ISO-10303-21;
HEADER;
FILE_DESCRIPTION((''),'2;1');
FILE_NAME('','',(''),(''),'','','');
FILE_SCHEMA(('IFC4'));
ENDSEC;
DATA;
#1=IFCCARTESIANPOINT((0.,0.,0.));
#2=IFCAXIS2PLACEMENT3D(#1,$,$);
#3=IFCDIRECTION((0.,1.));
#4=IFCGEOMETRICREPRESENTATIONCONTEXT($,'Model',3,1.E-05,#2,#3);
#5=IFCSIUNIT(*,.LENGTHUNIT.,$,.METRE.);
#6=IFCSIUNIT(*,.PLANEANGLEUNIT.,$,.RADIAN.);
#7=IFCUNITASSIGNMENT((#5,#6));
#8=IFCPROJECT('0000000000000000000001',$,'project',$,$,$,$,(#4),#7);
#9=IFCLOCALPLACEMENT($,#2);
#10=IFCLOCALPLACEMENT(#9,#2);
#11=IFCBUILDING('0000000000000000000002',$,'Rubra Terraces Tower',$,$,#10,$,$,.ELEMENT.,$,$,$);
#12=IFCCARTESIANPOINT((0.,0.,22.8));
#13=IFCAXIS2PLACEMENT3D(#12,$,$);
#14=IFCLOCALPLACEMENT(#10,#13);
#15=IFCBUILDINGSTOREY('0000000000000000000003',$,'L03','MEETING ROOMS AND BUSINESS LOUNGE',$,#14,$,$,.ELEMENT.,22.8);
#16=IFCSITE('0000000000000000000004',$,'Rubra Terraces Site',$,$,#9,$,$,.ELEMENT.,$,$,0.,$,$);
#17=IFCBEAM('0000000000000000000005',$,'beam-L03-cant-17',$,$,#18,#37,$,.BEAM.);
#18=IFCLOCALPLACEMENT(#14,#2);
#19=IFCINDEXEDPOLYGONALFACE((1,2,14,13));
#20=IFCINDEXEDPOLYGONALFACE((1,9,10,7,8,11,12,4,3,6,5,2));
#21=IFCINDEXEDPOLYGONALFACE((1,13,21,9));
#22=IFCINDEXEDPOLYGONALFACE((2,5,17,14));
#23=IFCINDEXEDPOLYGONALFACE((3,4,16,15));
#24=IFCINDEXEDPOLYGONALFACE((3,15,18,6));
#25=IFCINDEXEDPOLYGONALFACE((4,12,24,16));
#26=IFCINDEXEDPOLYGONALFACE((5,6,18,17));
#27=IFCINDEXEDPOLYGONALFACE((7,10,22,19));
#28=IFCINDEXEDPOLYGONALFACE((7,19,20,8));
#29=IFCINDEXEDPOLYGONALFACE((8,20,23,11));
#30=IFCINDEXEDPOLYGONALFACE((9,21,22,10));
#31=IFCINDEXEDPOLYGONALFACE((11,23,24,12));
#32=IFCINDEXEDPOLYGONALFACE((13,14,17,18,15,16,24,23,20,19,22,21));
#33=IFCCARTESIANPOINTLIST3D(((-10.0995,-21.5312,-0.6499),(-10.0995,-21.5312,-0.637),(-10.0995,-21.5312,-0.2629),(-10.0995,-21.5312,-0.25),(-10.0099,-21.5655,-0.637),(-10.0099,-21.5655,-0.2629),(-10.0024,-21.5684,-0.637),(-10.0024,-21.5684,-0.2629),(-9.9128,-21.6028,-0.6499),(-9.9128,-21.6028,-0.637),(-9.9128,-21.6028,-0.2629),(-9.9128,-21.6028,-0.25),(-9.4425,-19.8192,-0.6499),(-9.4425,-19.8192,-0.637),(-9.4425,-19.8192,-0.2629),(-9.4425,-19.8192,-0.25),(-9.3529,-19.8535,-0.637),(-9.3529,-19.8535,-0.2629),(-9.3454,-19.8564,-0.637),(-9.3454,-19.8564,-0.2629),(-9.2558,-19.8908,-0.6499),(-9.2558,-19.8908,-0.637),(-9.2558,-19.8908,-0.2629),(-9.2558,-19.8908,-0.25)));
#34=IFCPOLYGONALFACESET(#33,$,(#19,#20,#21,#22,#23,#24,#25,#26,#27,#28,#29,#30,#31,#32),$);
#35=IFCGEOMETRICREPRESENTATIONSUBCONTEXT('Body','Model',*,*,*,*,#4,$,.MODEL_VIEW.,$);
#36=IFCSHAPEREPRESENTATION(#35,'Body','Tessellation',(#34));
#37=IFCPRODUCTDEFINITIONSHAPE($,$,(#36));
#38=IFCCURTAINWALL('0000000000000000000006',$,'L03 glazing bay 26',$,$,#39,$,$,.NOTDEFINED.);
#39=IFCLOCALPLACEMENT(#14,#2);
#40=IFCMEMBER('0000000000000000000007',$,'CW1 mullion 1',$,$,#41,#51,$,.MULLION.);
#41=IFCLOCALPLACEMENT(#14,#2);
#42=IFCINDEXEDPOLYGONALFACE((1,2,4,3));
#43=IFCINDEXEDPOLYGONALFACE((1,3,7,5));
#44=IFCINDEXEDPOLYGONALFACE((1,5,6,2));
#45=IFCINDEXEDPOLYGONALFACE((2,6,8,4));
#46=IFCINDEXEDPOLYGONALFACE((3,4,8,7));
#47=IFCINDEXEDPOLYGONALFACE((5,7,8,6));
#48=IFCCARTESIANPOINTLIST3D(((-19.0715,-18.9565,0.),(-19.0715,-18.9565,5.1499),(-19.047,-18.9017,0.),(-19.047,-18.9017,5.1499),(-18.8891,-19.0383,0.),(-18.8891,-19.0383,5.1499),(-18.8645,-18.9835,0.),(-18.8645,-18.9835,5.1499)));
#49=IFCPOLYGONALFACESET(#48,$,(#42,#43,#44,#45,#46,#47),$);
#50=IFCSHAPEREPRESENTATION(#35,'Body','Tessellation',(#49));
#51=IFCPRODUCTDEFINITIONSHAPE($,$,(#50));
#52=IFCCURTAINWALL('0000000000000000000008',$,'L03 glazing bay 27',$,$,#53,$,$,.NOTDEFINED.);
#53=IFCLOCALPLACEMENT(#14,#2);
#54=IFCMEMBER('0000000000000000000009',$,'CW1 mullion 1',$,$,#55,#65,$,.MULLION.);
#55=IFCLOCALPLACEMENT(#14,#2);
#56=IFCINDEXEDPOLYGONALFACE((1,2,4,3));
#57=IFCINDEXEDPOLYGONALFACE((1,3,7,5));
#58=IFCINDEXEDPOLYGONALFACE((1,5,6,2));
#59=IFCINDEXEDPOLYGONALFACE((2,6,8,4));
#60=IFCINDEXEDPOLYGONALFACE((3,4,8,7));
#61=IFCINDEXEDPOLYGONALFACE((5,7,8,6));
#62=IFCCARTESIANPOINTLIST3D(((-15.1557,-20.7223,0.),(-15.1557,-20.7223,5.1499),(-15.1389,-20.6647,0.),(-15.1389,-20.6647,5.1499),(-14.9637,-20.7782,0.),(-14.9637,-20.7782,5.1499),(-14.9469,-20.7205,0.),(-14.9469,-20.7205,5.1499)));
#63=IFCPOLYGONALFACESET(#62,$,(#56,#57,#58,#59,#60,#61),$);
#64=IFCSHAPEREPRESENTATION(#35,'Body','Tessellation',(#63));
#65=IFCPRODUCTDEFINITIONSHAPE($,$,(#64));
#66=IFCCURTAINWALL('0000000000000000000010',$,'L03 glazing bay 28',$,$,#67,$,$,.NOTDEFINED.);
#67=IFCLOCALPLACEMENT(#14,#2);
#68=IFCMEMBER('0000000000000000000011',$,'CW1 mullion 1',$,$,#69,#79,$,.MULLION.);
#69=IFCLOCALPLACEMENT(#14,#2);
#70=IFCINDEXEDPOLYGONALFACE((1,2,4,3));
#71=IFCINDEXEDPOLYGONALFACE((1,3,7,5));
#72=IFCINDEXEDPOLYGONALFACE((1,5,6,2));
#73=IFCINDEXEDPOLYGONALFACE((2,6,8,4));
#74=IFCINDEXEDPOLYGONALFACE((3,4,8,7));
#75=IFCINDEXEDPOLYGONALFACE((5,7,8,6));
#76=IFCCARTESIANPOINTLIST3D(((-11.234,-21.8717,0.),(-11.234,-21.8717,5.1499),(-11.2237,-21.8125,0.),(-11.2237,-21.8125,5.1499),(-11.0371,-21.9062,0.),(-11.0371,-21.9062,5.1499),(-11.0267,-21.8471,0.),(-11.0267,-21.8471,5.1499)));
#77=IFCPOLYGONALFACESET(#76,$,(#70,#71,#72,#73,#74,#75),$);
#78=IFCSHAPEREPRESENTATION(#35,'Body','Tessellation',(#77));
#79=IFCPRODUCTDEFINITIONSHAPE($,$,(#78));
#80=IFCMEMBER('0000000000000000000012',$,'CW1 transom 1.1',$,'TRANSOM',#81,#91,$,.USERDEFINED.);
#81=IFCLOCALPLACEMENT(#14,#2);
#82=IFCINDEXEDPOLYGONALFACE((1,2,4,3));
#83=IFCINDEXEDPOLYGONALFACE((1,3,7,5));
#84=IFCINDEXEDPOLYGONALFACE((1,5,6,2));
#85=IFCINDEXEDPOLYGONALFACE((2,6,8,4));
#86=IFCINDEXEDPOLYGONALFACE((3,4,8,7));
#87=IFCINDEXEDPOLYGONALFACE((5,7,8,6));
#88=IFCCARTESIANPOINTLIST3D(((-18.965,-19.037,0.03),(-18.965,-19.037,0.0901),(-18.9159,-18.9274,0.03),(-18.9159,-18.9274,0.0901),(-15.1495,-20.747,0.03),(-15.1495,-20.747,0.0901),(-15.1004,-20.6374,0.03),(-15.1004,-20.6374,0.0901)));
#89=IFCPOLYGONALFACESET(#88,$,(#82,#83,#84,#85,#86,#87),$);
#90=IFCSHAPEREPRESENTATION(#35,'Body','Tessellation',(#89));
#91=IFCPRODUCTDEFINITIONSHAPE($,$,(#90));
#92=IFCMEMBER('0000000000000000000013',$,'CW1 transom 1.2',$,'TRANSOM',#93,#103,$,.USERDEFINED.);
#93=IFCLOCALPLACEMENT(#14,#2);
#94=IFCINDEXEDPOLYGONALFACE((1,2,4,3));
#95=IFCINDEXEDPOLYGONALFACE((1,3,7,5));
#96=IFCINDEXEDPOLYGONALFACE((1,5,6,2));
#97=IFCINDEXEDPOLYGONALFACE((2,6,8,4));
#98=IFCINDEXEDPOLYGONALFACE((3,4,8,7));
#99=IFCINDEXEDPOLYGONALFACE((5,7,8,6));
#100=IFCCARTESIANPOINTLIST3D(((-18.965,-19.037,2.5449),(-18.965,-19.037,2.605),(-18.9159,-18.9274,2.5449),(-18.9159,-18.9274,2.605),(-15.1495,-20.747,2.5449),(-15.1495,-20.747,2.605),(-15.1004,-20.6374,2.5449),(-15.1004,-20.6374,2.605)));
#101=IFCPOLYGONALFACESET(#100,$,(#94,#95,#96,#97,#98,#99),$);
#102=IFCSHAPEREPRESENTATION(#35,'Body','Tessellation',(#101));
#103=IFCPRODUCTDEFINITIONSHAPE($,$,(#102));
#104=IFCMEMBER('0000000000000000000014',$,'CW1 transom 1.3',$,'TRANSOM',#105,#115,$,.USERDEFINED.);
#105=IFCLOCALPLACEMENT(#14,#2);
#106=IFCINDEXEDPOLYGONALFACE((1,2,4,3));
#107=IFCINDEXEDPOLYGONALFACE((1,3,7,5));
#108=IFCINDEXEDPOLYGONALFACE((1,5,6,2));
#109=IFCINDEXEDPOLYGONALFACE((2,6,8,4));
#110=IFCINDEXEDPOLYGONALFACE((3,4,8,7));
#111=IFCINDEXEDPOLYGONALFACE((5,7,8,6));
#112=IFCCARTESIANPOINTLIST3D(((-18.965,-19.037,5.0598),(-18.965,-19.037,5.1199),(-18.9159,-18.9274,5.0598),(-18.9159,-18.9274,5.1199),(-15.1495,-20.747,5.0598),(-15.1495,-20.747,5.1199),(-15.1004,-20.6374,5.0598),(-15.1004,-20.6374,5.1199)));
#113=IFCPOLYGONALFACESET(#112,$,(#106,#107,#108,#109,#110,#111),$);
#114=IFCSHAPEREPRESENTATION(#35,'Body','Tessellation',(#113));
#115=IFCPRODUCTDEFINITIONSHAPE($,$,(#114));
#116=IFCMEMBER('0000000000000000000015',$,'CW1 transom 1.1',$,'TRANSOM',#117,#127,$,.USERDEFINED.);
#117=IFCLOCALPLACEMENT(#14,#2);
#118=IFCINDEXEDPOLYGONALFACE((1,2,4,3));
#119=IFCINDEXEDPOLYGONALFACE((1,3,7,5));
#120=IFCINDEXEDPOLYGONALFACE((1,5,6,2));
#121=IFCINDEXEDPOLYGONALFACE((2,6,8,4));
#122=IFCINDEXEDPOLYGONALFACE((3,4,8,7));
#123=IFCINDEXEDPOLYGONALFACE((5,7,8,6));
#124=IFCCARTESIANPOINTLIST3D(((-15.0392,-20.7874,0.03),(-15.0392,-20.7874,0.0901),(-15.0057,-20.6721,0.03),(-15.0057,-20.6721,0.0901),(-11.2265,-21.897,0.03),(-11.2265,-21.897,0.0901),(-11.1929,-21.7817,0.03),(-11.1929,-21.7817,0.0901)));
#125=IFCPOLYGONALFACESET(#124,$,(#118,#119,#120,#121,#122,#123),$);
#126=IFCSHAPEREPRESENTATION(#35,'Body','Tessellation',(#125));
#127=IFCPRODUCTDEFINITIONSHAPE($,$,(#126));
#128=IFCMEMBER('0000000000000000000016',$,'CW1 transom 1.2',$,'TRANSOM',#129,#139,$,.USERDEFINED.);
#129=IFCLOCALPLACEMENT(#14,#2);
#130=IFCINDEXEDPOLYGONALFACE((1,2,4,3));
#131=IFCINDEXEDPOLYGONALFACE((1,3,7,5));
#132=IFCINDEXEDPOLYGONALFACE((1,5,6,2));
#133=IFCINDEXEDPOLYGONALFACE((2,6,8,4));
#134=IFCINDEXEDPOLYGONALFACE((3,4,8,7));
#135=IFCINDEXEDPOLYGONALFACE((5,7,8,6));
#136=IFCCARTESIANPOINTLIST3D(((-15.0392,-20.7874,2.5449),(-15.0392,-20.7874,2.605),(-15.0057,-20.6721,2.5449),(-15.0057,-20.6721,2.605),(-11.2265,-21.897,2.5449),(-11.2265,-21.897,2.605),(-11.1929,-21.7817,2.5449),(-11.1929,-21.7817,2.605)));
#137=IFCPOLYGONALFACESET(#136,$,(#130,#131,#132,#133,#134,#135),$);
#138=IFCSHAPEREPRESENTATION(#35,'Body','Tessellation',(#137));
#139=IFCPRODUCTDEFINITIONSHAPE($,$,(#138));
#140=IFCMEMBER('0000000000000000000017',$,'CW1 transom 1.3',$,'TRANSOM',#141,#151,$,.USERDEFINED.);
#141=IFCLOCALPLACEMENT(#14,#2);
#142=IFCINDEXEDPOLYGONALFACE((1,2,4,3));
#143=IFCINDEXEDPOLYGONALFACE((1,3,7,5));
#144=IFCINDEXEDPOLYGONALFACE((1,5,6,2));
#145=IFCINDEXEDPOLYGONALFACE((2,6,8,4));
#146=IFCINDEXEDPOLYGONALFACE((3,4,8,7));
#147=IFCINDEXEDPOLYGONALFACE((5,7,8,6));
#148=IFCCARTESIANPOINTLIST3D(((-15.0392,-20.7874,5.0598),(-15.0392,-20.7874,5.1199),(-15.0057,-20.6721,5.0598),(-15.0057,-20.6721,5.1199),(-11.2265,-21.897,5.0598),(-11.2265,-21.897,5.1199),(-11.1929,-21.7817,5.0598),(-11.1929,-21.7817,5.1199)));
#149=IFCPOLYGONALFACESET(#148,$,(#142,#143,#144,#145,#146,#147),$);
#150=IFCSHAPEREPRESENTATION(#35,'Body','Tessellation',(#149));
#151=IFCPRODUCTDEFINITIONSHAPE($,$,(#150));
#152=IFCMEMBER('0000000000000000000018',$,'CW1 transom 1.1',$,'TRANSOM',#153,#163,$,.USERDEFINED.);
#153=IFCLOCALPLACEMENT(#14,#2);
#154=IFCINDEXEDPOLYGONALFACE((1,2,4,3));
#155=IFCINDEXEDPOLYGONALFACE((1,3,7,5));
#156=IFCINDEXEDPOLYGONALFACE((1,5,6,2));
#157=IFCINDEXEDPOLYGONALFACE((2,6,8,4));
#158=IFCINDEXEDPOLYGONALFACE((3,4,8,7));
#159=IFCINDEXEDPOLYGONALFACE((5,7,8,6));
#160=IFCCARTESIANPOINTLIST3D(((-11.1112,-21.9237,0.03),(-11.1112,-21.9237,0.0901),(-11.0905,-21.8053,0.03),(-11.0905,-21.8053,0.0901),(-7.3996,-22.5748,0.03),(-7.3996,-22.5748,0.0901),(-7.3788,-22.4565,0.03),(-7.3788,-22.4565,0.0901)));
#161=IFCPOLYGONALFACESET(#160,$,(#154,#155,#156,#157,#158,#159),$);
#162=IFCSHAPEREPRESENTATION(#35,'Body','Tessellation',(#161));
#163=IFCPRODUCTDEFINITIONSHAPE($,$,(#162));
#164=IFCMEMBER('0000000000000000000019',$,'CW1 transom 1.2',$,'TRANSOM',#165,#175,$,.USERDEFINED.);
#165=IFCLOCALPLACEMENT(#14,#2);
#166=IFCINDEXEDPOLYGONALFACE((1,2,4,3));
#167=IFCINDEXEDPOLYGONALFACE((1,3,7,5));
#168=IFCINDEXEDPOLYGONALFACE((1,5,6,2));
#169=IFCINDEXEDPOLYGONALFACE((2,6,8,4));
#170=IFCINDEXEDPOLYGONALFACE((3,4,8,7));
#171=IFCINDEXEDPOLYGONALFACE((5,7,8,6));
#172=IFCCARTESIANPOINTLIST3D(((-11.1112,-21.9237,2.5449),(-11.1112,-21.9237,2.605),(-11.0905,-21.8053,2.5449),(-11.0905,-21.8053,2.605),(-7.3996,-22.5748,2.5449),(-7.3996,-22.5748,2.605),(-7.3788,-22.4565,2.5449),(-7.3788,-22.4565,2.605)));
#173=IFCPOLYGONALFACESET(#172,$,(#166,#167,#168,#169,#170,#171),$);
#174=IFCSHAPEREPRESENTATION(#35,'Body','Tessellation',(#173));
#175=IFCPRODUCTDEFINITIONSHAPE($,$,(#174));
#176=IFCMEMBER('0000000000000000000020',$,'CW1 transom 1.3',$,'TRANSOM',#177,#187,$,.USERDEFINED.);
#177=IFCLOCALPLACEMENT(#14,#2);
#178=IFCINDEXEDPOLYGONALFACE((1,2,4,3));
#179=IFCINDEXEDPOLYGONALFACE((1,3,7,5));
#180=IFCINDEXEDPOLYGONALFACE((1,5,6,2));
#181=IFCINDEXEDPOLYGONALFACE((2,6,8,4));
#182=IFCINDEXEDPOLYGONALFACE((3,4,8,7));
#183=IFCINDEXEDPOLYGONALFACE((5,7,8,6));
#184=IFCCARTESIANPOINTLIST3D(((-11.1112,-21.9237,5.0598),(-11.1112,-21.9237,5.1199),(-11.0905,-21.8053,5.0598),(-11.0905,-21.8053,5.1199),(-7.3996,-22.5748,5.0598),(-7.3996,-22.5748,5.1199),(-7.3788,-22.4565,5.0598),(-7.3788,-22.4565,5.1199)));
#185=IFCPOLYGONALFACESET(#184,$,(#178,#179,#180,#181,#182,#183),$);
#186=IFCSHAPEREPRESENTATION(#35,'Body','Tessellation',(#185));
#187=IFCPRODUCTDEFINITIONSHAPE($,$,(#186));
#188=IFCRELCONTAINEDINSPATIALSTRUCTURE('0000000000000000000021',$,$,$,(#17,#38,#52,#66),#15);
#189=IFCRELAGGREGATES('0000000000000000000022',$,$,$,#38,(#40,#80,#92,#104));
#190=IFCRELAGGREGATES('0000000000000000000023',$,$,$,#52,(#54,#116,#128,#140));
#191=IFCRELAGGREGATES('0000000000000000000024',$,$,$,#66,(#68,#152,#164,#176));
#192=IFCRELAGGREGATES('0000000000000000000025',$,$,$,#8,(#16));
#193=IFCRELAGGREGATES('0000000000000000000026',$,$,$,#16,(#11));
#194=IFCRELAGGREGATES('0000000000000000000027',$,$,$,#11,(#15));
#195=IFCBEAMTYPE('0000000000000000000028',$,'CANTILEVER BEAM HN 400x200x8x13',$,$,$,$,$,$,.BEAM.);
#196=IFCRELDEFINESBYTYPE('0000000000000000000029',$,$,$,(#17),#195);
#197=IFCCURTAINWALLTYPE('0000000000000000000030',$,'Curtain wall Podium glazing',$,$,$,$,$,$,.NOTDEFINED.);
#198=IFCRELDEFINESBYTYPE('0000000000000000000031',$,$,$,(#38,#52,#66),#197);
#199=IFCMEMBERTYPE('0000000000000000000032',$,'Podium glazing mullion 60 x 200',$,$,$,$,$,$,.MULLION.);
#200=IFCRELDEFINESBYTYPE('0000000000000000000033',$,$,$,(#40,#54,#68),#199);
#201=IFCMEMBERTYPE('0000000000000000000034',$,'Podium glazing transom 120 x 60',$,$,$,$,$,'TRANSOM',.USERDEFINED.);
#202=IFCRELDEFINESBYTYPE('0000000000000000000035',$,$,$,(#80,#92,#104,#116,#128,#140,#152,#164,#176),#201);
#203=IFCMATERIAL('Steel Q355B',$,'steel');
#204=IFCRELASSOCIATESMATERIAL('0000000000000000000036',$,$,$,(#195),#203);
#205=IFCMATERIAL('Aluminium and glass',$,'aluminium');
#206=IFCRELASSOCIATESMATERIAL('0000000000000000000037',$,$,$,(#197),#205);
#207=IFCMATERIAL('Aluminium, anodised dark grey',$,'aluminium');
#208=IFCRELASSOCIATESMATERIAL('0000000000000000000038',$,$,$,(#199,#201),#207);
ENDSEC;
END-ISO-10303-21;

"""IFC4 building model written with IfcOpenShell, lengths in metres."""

from ifc_helpers import new_model, si_unit, direction, frame, origin, origin_2d, place, context, subcontext, project, spatial, rectangle, i_section, extrude, material, material_profile, profile_set, type_object, element, aggregate, save


model = new_model("IFC4")

# Units and contexts
model_context = context("Model", 3, precision=1e-05, world=origin(), true_north=direction((0.0, 1.0)))
body_context = subcontext(model_context, "Body", "Model", "MODEL_VIEW")
ifc_project = project(units=[si_unit("LENGTHUNIT", "METRE"), si_unit("PLANEANGLEUNIT", "RADIAN")], contexts=[model_context])

# Site, building, storey
site_placement = place(None, origin())
site = spatial("IfcSite", under=ifc_project, at=site_placement, Name="Rubra Terraces Site", CompositionType="ELEMENT", RefElevation=0.0)
building_placement = place(site_placement, origin())
building = spatial("IfcBuilding", under=site, at=building_placement, Name="Rubra Terraces Tower", CompositionType="ELEMENT")
storey_placement = place(building_placement, frame((0.0, 0.0, 22.8)))
storey = spatial("IfcBuildingStorey", under=building, at=storey_placement, Name="L03", Description="MEETING ROOMS AND BUSINESS LOUNGE", CompositionType="ELEMENT", Elevation=22.8)

# Beam
ifc_material_1 = material(Name="Steel Q355B", Category="steel")
ifc_material_profile_1 = material_profile(ifc_material_1, i_section(OverallWidth=0.2, OverallDepth=0.3999, WebThickness=0.0081, FlangeThickness=0.0129, at=origin_2d()), Name="HN 400x200x8x13")
ifc_profile_set_1 = profile_set([ifc_material_profile_1], Name="Steel Q355B")
beam_type = type_object("IfcBeamType", Name="CANTILEVER BEAM HN 400x200x8x13", PredefinedType="BEAM", material=ifc_profile_set_1)
beam_placement = place(storey_placement, frame((-9.3491, -19.855, -0.45), z_axis=(-0.358292, -0.93361, 0.0), x_axis=(0.93361, -0.358292, 0.0)))
element("IfcBeam", 1, at=beam_placement, inside=storey, type_object=beam_type, Name="beam-L03-cant-17", PredefinedType="BEAM", context=body_context, shape_type="SweptSolid", body=[
    extrude(i_section(OverallWidth=0.2, OverallDepth=0.3999, WebThickness=0.0081, FlangeThickness=0.0129, at=origin_2d()), origin(), (0.0, 0.0, 1.0), 1.8337),
])

# Curtain walls, members
ifc_material_2 = material(Name="Aluminium and glass", Category="aluminium")
curtain_wall_type = type_object("IfcCurtainWallType", Name="Curtain wall Podium glazing", PredefinedType="NOTDEFINED", material=ifc_material_2)
curtain_wall_1_placement = place(storey_placement, origin())
curtain_wall_1 = element("IfcCurtainWall", 2, at=curtain_wall_1_placement, inside=storey, type_object=curtain_wall_type, Name="L03 glazing bay 26", PredefinedType="NOTDEFINED")
ifc_material_3 = material(Name="Aluminium, anodised dark grey", Category="aluminium")
ifc_material_profile_2 = material_profile(ifc_material_3, rectangle(XDim=0.0601, YDim=0.2, at=origin_2d()), Name="AL 60x200")
ifc_profile_set_2 = profile_set([ifc_material_profile_2], Name="Aluminium, anodised dark grey")
member_type_1 = type_object("IfcMemberType", Name="Podium glazing mullion 60 x 200", PredefinedType="MULLION", material=ifc_profile_set_2)
member_1_placement = place(storey_placement, frame((-18.968, -18.97, 0.0), z_axis=(0.0, 0.0, 1.0), x_axis=(0.408962, 0.912551, 0.0)))
member_1 = element("IfcMember", 3, at=member_1_placement, type_object=member_type_1, Name="CW1 mullion 1", PredefinedType="MULLION", context=body_context, shape_type="SweptSolid", body=[
    extrude(rectangle(XDim=0.0601, YDim=0.2, at=origin_2d()), origin(), (0.0, 0.0, 1.0), 5.1499),
])
curtain_wall_2_placement = place(storey_placement, origin())
curtain_wall_2 = element("IfcCurtainWall", 4, at=curtain_wall_2_placement, inside=storey, type_object=curtain_wall_type, Name="L03 glazing bay 27", PredefinedType="NOTDEFINED")
member_2_placement = place(storey_placement, frame((-15.0513, -20.7214, 0.0), z_axis=(0.0, 0.0, 1.0), x_axis=(0.279399, 0.960175, 0.0)))
member_2 = element("IfcMember", 5, at=member_2_placement, type_object=member_type_1, Name="CW1 mullion 1", PredefinedType="MULLION", context=body_context, shape_type="SweptSolid", body=[
    extrude(rectangle(XDim=0.0601, YDim=0.2, at=origin_2d()), origin(), (0.0, 0.0, 1.0), 5.1499),
])
curtain_wall_3_placement = place(storey_placement, origin())
curtain_wall_3 = element("IfcCurtainWall", 6, at=curtain_wall_3_placement, inside=storey, type_object=curtain_wall_type, Name="L03 glazing bay 28", PredefinedType="NOTDEFINED")
member_3_placement = place(storey_placement, frame((-11.1304, -21.8594, 0.0), z_axis=(0.0, 0.0, 1.0), x_axis=(0.172817, 0.984954, 0.0)))
member_3 = element("IfcMember", 7, at=member_3_placement, type_object=member_type_1, Name="CW1 mullion 1", PredefinedType="MULLION", context=body_context, shape_type="SweptSolid", body=[
    extrude(rectangle(XDim=0.0601, YDim=0.2, at=origin_2d()), origin(), (0.0, 0.0, 1.0), 5.1499),
])

# Members
ifc_material_profile_3 = material_profile(ifc_material_3, rectangle(XDim=0.1201, YDim=0.0601, at=origin_2d()), Name="AL 120x60")
ifc_profile_set_3 = profile_set([ifc_material_profile_3], Name="Aluminium, anodised dark grey")
member_type_2 = type_object("IfcMemberType", Name="Podium glazing transom 120 x 60", ElementType="TRANSOM", PredefinedType="USERDEFINED", material=ifc_profile_set_3)
member_4_placement = place(storey_placement, frame((-18.9404, -18.9822, 0.0601), z_axis=(0.912545, -0.408975, 0.0), x_axis=(0.408975, 0.912545, 0.0)))
member_4 = element("IfcMember", 8, at=member_4_placement, type_object=member_type_2, Name="CW1 transom 1.1", ObjectType="TRANSOM", PredefinedType="USERDEFINED", context=body_context, shape_type="SweptSolid", body=[
    extrude(rectangle(XDim=0.1201, YDim=0.0601, at=origin_2d()), origin(), (0.0, 0.0, 1.0), 4.1812),
])
member_5_placement = place(storey_placement, frame((-18.9404, -18.9822, 2.575), z_axis=(0.912545, -0.408975, 0.0), x_axis=(0.408975, 0.912545, 0.0)))
member_5 = element("IfcMember", 9, at=member_5_placement, type_object=member_type_2, Name="CW1 transom 1.2", ObjectType="TRANSOM", PredefinedType="USERDEFINED", context=body_context, shape_type="SweptSolid", body=[
    extrude(rectangle(XDim=0.1201, YDim=0.0601, at=origin_2d()), origin(), (0.0, 0.0, 1.0), 4.1812),
])
member_6_placement = place(storey_placement, frame((-18.9404, -18.9822, 5.0898), z_axis=(0.912545, -0.408975, 0.0), x_axis=(0.408975, 0.912545, 0.0)))
member_6 = element("IfcMember", 10, at=member_6_placement, type_object=member_type_2, Name="CW1 transom 1.3", ObjectType="TRANSOM", PredefinedType="USERDEFINED", context=body_context, shape_type="SweptSolid", body=[
    extrude(rectangle(XDim=0.1201, YDim=0.0601, at=origin_2d()), origin(), (0.0, 0.0, 1.0), 4.1812),
])
member_7_placement = place(storey_placement, frame((-15.0225, -20.7297, 0.0601), z_axis=(0.960164, -0.279436, 0.0), x_axis=(0.279436, 0.960164, 0.0)))
member_7 = element("IfcMember", 11, at=member_7_placement, type_object=member_type_2, Name="CW1 transom 1.1", ObjectType="TRANSOM", PredefinedType="USERDEFINED", context=body_context, shape_type="SweptSolid", body=[
    extrude(rectangle(XDim=0.1201, YDim=0.0601, at=origin_2d()), origin(), (0.0, 0.0, 1.0), 3.9709),
])
member_8_placement = place(storey_placement, frame((-15.0225, -20.7297, 2.575), z_axis=(0.960164, -0.279436, 0.0), x_axis=(0.279436, 0.960164, 0.0)))
member_8 = element("IfcMember", 12, at=member_8_placement, type_object=member_type_2, Name="CW1 transom 1.2", ObjectType="TRANSOM", PredefinedType="USERDEFINED", context=body_context, shape_type="SweptSolid", body=[
    extrude(rectangle(XDim=0.1201, YDim=0.0601, at=origin_2d()), origin(), (0.0, 0.0, 1.0), 3.9709),
])
member_9_placement = place(storey_placement, frame((-15.0225, -20.7297, 5.0898), z_axis=(0.960164, -0.279436, 0.0), x_axis=(0.279436, 0.960164, 0.0)))
member_9 = element("IfcMember", 13, at=member_9_placement, type_object=member_type_2, Name="CW1 transom 1.3", ObjectType="TRANSOM", PredefinedType="USERDEFINED", context=body_context, shape_type="SweptSolid", body=[
    extrude(rectangle(XDim=0.1201, YDim=0.0601, at=origin_2d()), origin(), (0.0, 0.0, 1.0), 3.9709),
])
member_10_placement = place(storey_placement, frame((-11.1008, -21.8645, 0.0601), z_axis=(0.984959, -0.172787, 0.0), x_axis=(0.172787, 0.984959, 0.0)))
member_10 = element("IfcMember", 14, at=member_10_placement, type_object=member_type_2, Name="CW1 transom 1.1", ObjectType="TRANSOM", PredefinedType="USERDEFINED", context=body_context, shape_type="SweptSolid", body=[
    extrude(rectangle(XDim=0.1201, YDim=0.0601, at=origin_2d()), origin(), (0.0, 0.0, 1.0), 3.7683),
])
member_11_placement = place(storey_placement, frame((-11.1008, -21.8645, 2.575), z_axis=(0.984959, -0.172787, 0.0), x_axis=(0.172787, 0.984959, 0.0)))
member_11 = element("IfcMember", 15, at=member_11_placement, type_object=member_type_2, Name="CW1 transom 1.2", ObjectType="TRANSOM", PredefinedType="USERDEFINED", context=body_context, shape_type="SweptSolid", body=[
    extrude(rectangle(XDim=0.1201, YDim=0.0601, at=origin_2d()), origin(), (0.0, 0.0, 1.0), 3.7683),
])
member_12_placement = place(storey_placement, frame((-11.1008, -21.8645, 5.0898), z_axis=(0.984959, -0.172787, 0.0), x_axis=(0.172787, 0.984959, 0.0)))
member_12 = element("IfcMember", 16, at=member_12_placement, type_object=member_type_2, Name="CW1 transom 1.3", ObjectType="TRANSOM", PredefinedType="USERDEFINED", context=body_context, shape_type="SweptSolid", body=[
    extrude(rectangle(XDim=0.1201, YDim=0.0601, at=origin_2d()), origin(), (0.0, 0.0, 1.0), 3.7683),
])

aggregate(curtain_wall_1, [member_1, member_4, member_5, member_6])
aggregate(curtain_wall_2, [member_2, member_7, member_8, member_9])
aggregate(curtain_wall_3, [member_3, member_10, member_11, member_12])

save(model, "model.ifc")
